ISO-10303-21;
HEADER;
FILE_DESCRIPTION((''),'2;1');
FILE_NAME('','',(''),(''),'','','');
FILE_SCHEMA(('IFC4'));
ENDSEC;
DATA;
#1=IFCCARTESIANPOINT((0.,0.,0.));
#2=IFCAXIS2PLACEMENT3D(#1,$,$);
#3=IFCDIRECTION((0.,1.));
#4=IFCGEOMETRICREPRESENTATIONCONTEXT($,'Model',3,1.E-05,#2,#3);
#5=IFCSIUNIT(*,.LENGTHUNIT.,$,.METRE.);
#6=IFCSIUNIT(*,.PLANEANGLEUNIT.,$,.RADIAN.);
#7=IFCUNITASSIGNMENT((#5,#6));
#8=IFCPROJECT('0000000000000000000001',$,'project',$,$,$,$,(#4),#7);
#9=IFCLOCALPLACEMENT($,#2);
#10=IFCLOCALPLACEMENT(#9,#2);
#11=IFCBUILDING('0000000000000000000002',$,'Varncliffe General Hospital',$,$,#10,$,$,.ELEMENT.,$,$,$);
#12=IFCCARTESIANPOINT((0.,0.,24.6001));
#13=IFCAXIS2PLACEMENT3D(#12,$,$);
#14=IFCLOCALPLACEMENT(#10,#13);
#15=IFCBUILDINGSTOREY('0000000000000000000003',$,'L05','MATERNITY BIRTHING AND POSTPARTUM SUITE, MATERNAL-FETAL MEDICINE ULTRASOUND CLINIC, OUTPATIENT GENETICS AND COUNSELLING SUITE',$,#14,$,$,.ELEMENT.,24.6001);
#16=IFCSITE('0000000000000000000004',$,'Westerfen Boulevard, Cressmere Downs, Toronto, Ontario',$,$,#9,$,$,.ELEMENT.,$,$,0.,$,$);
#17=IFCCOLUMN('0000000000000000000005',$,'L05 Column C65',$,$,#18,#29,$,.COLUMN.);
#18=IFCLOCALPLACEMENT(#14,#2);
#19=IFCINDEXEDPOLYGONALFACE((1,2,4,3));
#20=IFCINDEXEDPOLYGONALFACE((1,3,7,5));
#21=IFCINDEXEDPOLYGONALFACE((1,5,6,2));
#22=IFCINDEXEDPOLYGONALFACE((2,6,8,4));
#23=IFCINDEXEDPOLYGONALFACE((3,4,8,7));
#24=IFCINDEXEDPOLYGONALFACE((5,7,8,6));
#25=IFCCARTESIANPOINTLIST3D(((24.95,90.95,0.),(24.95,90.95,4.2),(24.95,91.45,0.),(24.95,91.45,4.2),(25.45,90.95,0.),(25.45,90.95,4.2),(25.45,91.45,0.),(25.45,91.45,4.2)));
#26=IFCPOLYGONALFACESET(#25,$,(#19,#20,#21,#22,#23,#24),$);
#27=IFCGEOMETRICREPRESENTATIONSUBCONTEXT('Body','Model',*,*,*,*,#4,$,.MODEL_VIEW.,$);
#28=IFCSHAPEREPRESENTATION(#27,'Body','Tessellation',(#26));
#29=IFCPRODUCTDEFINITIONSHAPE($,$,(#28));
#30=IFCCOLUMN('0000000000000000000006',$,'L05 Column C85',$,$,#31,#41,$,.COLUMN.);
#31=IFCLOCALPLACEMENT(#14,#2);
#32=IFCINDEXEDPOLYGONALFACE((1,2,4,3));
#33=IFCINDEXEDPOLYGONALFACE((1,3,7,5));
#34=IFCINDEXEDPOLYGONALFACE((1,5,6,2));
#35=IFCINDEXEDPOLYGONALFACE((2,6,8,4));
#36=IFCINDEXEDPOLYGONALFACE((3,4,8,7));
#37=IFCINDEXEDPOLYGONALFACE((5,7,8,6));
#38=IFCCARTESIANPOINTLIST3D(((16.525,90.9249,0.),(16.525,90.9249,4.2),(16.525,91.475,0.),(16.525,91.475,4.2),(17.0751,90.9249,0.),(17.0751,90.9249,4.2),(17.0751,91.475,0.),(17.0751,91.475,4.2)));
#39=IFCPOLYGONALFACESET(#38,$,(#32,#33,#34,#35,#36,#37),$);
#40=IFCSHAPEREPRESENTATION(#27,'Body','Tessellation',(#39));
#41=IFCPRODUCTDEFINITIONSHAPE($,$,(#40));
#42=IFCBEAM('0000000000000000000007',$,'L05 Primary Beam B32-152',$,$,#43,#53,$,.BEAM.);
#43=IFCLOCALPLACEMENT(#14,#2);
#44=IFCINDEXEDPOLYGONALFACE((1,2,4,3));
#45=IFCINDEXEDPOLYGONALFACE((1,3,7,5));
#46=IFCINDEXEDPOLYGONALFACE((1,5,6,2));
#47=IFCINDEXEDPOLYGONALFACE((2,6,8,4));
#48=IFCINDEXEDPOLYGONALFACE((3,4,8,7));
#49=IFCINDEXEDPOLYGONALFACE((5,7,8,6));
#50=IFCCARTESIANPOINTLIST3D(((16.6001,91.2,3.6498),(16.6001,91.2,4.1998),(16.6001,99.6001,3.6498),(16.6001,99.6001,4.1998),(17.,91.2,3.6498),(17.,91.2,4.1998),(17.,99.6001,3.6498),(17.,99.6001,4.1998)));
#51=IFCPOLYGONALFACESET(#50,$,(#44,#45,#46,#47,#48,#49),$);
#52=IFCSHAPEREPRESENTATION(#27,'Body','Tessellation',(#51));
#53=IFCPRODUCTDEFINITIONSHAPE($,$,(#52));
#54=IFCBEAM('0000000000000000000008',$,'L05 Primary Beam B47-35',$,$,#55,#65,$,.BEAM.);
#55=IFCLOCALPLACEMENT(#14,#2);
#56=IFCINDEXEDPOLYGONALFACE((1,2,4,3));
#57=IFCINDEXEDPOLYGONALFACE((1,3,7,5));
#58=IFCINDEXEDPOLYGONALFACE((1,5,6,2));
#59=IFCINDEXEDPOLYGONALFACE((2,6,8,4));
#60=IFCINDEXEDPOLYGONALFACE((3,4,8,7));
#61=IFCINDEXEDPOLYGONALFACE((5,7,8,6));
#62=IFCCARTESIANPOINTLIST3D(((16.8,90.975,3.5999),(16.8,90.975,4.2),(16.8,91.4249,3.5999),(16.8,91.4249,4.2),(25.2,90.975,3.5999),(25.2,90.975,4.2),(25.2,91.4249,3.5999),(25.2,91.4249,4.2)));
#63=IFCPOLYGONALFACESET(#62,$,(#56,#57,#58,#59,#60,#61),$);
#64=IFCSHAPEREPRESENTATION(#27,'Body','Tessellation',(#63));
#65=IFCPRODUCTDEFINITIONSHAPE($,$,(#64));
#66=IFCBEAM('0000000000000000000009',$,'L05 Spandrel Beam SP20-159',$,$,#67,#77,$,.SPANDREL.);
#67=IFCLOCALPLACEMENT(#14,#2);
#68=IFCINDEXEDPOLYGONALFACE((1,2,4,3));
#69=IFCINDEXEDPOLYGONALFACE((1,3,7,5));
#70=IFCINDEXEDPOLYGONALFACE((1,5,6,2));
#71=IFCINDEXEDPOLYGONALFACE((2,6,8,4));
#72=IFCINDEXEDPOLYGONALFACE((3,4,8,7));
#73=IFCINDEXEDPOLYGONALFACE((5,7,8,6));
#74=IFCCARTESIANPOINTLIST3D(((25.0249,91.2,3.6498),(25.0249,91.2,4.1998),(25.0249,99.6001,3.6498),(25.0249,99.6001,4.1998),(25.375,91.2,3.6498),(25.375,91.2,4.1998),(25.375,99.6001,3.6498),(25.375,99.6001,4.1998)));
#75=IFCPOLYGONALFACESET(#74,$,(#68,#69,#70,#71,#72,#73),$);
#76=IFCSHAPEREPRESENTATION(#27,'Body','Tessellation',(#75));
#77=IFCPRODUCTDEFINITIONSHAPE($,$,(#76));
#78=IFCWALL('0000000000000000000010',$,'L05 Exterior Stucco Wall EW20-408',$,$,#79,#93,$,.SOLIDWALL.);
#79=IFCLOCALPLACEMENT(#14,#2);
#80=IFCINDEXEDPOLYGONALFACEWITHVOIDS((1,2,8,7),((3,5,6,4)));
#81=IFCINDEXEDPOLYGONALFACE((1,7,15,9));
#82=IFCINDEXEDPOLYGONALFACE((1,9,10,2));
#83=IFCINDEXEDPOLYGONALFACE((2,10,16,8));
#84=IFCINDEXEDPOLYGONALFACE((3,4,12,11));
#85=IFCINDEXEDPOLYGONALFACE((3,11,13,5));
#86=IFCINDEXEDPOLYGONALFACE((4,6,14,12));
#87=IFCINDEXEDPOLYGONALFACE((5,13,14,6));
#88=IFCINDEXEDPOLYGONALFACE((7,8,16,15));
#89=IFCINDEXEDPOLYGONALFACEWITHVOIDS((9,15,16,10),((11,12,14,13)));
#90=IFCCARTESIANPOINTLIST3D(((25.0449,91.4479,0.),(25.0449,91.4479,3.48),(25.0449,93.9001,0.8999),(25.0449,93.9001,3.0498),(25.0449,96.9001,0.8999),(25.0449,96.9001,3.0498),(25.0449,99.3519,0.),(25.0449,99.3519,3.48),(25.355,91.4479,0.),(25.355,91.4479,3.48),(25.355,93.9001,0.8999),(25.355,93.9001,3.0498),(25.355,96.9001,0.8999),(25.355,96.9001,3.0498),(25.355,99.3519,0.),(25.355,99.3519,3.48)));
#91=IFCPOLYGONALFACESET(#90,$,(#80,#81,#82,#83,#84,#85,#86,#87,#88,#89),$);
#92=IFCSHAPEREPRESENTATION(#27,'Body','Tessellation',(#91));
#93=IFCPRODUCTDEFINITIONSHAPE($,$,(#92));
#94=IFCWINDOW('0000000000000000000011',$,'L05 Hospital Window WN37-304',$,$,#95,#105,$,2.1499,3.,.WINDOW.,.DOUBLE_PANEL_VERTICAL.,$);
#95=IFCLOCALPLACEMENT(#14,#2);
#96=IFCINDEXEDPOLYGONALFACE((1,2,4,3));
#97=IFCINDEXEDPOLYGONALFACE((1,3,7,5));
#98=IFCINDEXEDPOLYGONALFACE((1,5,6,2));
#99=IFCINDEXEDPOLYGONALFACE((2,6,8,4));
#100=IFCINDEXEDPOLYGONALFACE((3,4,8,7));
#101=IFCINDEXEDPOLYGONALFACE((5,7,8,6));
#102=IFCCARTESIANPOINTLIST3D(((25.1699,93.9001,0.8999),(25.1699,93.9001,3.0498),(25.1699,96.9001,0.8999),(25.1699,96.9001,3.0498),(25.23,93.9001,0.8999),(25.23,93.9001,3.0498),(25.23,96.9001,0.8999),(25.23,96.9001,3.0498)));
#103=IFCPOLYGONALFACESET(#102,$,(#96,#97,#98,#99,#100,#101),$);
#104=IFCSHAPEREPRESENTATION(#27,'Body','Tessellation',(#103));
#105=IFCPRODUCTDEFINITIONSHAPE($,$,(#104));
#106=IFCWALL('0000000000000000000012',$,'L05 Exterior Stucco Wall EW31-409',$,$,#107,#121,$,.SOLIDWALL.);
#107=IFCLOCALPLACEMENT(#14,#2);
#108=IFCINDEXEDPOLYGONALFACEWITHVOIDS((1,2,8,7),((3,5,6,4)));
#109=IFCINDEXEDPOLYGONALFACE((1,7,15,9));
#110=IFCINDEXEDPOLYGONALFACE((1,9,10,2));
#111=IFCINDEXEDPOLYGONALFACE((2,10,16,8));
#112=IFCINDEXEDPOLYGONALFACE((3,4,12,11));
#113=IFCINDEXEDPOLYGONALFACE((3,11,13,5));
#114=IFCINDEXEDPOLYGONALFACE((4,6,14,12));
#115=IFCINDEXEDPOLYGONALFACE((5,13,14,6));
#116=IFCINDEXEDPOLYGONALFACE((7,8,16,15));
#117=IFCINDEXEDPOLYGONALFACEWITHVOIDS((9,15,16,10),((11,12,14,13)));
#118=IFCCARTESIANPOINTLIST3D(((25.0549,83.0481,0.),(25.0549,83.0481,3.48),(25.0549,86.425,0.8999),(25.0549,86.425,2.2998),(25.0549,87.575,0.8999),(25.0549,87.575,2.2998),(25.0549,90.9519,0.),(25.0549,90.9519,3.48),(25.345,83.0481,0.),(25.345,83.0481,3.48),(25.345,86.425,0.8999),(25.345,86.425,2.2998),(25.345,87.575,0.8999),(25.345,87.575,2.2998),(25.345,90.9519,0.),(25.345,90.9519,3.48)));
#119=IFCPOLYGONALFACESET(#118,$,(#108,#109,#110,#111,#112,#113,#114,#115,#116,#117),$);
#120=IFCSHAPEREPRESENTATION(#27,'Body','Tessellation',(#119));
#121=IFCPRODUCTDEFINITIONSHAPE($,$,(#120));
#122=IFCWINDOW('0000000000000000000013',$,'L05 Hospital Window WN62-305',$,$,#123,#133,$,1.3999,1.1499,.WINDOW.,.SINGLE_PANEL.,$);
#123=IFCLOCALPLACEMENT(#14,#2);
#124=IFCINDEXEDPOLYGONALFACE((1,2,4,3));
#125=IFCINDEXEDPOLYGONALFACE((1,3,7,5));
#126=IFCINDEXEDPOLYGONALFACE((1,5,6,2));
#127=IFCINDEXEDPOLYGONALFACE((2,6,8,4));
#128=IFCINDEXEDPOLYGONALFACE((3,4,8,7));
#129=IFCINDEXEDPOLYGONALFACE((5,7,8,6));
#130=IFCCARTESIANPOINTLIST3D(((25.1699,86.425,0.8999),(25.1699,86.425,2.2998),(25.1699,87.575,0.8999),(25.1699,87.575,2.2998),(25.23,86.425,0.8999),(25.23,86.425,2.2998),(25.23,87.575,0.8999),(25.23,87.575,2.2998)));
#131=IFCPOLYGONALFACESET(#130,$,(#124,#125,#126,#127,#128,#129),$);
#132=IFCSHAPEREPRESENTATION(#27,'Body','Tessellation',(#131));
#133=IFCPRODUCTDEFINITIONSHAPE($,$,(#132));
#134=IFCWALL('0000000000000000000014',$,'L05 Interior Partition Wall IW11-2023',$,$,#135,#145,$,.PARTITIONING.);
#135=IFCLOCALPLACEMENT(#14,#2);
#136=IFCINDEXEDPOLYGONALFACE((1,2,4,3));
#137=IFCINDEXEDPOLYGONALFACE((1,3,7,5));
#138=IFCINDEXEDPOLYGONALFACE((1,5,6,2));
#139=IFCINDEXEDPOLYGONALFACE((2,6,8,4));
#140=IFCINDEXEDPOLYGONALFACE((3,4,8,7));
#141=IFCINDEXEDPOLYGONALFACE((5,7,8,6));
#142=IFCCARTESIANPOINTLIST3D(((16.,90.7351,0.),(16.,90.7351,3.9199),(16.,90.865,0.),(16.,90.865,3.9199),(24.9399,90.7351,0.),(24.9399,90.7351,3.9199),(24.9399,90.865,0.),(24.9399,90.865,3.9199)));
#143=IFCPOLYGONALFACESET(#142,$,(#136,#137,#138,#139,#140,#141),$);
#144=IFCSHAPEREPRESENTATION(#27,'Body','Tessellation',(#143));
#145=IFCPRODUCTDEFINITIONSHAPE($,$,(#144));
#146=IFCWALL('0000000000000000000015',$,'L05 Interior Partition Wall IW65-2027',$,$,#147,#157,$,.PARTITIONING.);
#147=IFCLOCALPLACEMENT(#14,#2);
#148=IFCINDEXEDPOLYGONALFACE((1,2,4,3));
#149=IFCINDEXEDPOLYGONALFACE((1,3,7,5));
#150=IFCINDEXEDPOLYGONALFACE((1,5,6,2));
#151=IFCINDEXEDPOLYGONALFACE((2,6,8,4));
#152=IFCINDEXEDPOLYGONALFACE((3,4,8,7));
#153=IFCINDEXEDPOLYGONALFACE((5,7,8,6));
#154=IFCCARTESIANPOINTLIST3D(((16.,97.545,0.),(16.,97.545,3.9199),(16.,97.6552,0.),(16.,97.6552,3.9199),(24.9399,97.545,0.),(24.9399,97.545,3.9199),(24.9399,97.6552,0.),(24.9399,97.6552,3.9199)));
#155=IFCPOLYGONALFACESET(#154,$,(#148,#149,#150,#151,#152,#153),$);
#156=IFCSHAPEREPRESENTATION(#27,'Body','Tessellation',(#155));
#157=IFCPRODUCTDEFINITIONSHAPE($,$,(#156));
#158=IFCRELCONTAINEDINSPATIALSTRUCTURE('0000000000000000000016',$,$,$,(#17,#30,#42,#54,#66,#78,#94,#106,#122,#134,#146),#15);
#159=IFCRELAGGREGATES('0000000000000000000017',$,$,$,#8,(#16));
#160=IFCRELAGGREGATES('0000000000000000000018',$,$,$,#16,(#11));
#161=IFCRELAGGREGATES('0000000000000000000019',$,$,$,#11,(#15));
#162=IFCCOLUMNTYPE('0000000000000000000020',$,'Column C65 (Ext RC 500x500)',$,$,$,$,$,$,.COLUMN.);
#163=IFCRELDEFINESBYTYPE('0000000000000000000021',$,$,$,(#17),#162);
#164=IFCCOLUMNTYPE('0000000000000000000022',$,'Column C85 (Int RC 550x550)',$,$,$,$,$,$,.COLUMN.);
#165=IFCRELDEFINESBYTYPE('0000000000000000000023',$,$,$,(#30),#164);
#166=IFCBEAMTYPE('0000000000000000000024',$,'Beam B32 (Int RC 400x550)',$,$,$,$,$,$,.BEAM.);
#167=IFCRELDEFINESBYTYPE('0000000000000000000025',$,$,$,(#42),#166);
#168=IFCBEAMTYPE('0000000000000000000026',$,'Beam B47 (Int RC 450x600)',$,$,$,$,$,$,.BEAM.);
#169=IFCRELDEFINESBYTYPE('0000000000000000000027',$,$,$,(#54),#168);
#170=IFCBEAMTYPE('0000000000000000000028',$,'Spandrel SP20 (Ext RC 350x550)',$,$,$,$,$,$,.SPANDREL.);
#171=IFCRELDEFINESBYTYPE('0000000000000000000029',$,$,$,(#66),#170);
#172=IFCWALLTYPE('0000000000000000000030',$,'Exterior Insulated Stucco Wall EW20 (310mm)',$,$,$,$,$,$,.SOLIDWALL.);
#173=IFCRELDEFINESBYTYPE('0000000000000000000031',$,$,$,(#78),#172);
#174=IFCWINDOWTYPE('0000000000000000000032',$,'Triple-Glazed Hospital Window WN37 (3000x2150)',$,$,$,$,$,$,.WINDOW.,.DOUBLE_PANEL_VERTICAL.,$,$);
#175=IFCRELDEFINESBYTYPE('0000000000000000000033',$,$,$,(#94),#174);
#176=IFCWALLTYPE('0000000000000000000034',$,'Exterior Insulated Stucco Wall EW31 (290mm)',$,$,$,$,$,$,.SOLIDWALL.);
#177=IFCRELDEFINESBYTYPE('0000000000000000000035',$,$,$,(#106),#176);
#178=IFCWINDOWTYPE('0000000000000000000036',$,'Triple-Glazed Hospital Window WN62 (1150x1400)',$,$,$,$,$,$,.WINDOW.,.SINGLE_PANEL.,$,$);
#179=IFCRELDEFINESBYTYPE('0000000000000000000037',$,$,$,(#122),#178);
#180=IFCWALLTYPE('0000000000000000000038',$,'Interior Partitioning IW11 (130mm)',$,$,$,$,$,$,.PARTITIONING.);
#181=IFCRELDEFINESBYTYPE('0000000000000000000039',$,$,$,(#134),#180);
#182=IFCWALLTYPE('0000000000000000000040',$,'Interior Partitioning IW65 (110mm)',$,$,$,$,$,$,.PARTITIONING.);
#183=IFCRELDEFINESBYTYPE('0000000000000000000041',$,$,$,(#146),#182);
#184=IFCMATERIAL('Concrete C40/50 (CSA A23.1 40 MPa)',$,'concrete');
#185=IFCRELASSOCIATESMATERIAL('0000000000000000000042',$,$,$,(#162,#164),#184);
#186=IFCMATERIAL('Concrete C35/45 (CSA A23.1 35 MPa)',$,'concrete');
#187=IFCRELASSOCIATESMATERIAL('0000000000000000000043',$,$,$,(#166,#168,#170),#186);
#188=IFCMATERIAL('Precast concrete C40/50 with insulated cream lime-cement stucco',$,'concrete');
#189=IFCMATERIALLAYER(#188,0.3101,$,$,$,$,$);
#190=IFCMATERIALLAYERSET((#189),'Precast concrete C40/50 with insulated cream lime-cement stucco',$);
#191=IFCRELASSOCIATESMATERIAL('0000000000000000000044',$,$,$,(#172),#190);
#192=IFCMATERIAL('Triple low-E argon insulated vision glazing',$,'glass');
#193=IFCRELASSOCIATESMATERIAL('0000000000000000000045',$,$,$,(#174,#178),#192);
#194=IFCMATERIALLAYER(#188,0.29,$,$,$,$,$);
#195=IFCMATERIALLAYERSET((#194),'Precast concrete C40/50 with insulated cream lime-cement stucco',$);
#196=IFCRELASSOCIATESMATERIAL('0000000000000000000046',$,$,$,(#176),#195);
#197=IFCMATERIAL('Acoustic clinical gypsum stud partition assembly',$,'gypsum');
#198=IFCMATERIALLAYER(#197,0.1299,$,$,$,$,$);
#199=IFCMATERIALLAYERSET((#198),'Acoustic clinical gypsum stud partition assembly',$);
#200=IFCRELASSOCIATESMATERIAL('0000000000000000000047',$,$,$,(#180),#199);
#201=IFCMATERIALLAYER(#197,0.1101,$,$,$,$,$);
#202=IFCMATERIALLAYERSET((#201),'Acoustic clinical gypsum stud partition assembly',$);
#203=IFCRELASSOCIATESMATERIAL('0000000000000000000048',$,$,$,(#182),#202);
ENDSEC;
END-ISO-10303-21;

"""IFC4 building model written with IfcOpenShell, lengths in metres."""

from ifc_helpers import new_model, si_unit, direction, frame, frame_2d, origin, origin_2d, place, context, subcontext, project, spatial, rectangle, extrude, material, layer, layer_set, material_profile, profile_set, type_object, element, fill, save


model = new_model("IFC4")

# Units and contexts
model_context = context("Model", 3, precision=1e-05, world=origin(), true_north=direction((0.0, 1.0)))
body_context = subcontext(model_context, "Body", "Model", "MODEL_VIEW")
ifc_project = project(units=[si_unit("LENGTHUNIT", "METRE"), si_unit("PLANEANGLEUNIT", "RADIAN")], contexts=[model_context])

# Site, building, storey
site_placement = place(None, origin())
site = spatial("IfcSite", under=ifc_project, at=site_placement, Name="Westerfen Boulevard, Cressmere Downs, Toronto, Ontario", CompositionType="ELEMENT", RefElevation=0.0)
building_placement = place(site_placement, origin())
building = spatial("IfcBuilding", under=site, at=building_placement, Name="Varncliffe General Hospital", CompositionType="ELEMENT")
storey_placement = place(building_placement, frame((0.0, 0.0, 24.6001)))
storey = spatial("IfcBuildingStorey", under=building, at=storey_placement, Name="L05", Description="MATERNITY BIRTHING AND POSTPARTUM SUITE, MATERNAL-FETAL MEDICINE ULTRASOUND CLINIC, OUTPATIENT GENETICS AND COUNSELLING SUITE", CompositionType="ELEMENT", Elevation=24.6001)

# Columns
ifc_material_1 = material(Name="Concrete C40/50 (CSA A23.1 40 MPa)", Category="concrete")
ifc_material_profile_1 = material_profile(ifc_material_1, rectangle(XDim=0.5, YDim=0.5, at=origin_2d()), Name="RC 500x500")
ifc_profile_set_1 = profile_set([ifc_material_profile_1], Name="Concrete C40/50 (CSA A23.1 40 MPa)")
column_type_1 = type_object("IfcColumnType", Name="Column C65 (Ext RC 500x500)", PredefinedType="COLUMN", material=ifc_profile_set_1)
column_1_placement = place(storey_placement, frame((25.2, 91.2, 0.0), z_axis=(0.0, 0.0, 1.0), x_axis=(1.0, 0.0, 0.0)))
element("IfcColumn", 1, at=column_1_placement, inside=storey, type_object=column_type_1, Name="L05 Column C65", PredefinedType="COLUMN", context=body_context, shape_type="SweptSolid", body=[
    extrude(rectangle(XDim=0.5, YDim=0.5, at=origin_2d()), origin(), (0.0, 0.0, 1.0), 4.2),
])
ifc_material_profile_2 = material_profile(ifc_material_1, rectangle(XDim=0.55, YDim=0.55, at=origin_2d()), Name="RC 550x550")
ifc_profile_set_2 = profile_set([ifc_material_profile_2], Name="Concrete C40/50 (CSA A23.1 40 MPa)")
column_type_2 = type_object("IfcColumnType", Name="Column C85 (Int RC 550x550)", PredefinedType="COLUMN", material=ifc_profile_set_2)
column_2_placement = place(storey_placement, frame((16.8, 91.2, 0.0), z_axis=(0.0, 0.0, 1.0), x_axis=(1.0, 0.0, 0.0)))
element("IfcColumn", 2, at=column_2_placement, inside=storey, type_object=column_type_2, Name="L05 Column C85", PredefinedType="COLUMN", context=body_context, shape_type="SweptSolid", body=[
    extrude(rectangle(XDim=0.55, YDim=0.55, at=origin_2d()), origin(), (0.0, 0.0, 1.0), 4.2),
])

# Beams
ifc_material_2 = material(Name="Concrete C35/45 (CSA A23.1 35 MPa)", Category="concrete")
ifc_material_profile_3 = material_profile(ifc_material_2, rectangle(XDim=0.3999, YDim=0.55, at=origin_2d()), Name="RC 400x550")
ifc_profile_set_3 = profile_set([ifc_material_profile_3], Name="Concrete C35/45 (CSA A23.1 35 MPa)")
beam_type_1 = type_object("IfcBeamType", Name="Beam B32 (Int RC 400x550)", PredefinedType="BEAM", material=ifc_profile_set_3)
beam_1_placement = place(storey_placement, frame((16.8, 91.2, 3.9248), z_axis=(0.0, 1.0, 0.0), x_axis=(-1.0, 0.0, 0.0)))
element("IfcBeam", 3, at=beam_1_placement, inside=storey, type_object=beam_type_1, Name="L05 Primary Beam B32-152", PredefinedType="BEAM", context=body_context, shape_type="SweptSolid", body=[
    extrude(rectangle(XDim=0.3999, YDim=0.55, at=origin_2d()), origin(), (0.0, 0.0, 1.0), 8.4001),
])
ifc_material_profile_4 = material_profile(ifc_material_2, rectangle(XDim=0.45, YDim=0.6001, at=origin_2d()), Name="RC 450x600")
ifc_profile_set_4 = profile_set([ifc_material_profile_4], Name="Concrete C35/45 (CSA A23.1 35 MPa)")
beam_type_2 = type_object("IfcBeamType", Name="Beam B47 (Int RC 450x600)", PredefinedType="BEAM", material=ifc_profile_set_4)
beam_2_placement = place(storey_placement, frame((16.8, 91.2, 3.8999), z_axis=(1.0, 0.0, 0.0), x_axis=(0.0, 1.0, 0.0)))
element("IfcBeam", 4, at=beam_2_placement, inside=storey, type_object=beam_type_2, Name="L05 Primary Beam B47-35", PredefinedType="BEAM", context=body_context, shape_type="SweptSolid", body=[
    extrude(rectangle(XDim=0.45, YDim=0.6001, at=origin_2d()), origin(), (0.0, 0.0, 1.0), 8.3999),
])
ifc_material_profile_5 = material_profile(ifc_material_2, rectangle(XDim=0.3501, YDim=0.55, at=origin_2d()), Name="RC 350x550")
ifc_profile_set_5 = profile_set([ifc_material_profile_5], Name="Concrete C35/45 (CSA A23.1 35 MPa)")
beam_type_3 = type_object("IfcBeamType", Name="Spandrel SP20 (Ext RC 350x550)", PredefinedType="SPANDREL", material=ifc_profile_set_5)
beam_3_placement = place(storey_placement, frame((25.2, 91.2, 3.9248), z_axis=(0.0, 1.0, 0.0), x_axis=(-1.0, 0.0, 0.0)))
element("IfcBeam", 5, at=beam_3_placement, inside=storey, type_object=beam_type_3, Name="L05 Spandrel Beam SP20-159", PredefinedType="SPANDREL", context=body_context, shape_type="SweptSolid", body=[
    extrude(rectangle(XDim=0.3501, YDim=0.55, at=origin_2d()), origin(), (0.0, 0.0, 1.0), 8.4001),
])

# Walls, openings, windows
ifc_material_3 = material(Name="Precast concrete C40/50 with insulated cream lime-cement stucco", Category="concrete")
ifc_layer_1 = layer(ifc_material_3, 0.3101)
ifc_layer_set_1 = layer_set([ifc_layer_1], Name="Precast concrete C40/50 with insulated cream lime-cement stucco")
wall_type_1 = type_object("IfcWallType", Name="Exterior Insulated Stucco Wall EW20 (310mm)", PredefinedType="SOLIDWALL", material=ifc_layer_set_1)
wall_1_placement = place(storey_placement, frame((25.2, 99.3521, 0.0), z_axis=(0.0, 0.0, 1.0), x_axis=(0.0, -1.0, 0.0)))
wall_1 = element("IfcWall", 6, at=wall_1_placement, inside=storey, type_object=wall_type_1, Name="L05 Exterior Stucco Wall EW20-408", PredefinedType="SOLIDWALL", context=body_context, shape_type="SweptSolid", body=[
    extrude(rectangle(XDim=7.9041, YDim=0.3101, at=frame_2d((3.9521, 0.0))), origin(), (0.0, 0.0, 1.0), 3.48),
])
opening_1_placement = place(wall_1_placement, frame((2.4519, 0.0, 0.8999)))
opening_1 = element("IfcOpeningElement", 7, at=opening_1_placement, cuts=wall_1, PredefinedType="OPENING", context=body_context, shape_type="SweptSolid", body=[
    extrude(rectangle(XDim=3.0, YDim=2.1499, at=frame_2d((1.5, 1.075))), frame((0.0, 0.165, 0.0), z_axis=(0.0, -1.0, 0.0), x_axis=(1.0, 0.0, 0.0)), (0.0, 0.0, 1.0), 0.3301),
])
ifc_material_4 = material(Name="Triple low-E argon insulated vision glazing", Category="glass")
window_type_1 = type_object("IfcWindowType", Name="Triple-Glazed Hospital Window WN37 (3000x2150)", PartitioningType="DOUBLE_PANEL_VERTICAL", PredefinedType="WINDOW", material=ifc_material_4)
window_1_placement = place(opening_1_placement, origin())
window_1 = element("IfcWindow", 8, at=window_1_placement, inside=storey, type_object=window_type_1, Name="L05 Hospital Window WN37-304", OverallHeight=2.1499, OverallWidth=3.0, PartitioningType="DOUBLE_PANEL_VERTICAL", PredefinedType="WINDOW", context=body_context, shape_type="SweptSolid", body=[
    extrude(rectangle(XDim=3.0, YDim=2.1499, at=frame_2d((1.5, 1.075))), frame((0.0, 0.03, 0.0), z_axis=(0.0, -1.0, 0.0), x_axis=(1.0, 0.0, 0.0)), (0.0, 0.0, 1.0), 0.0601),
])
fill(opening_1, window_1)
ifc_layer_2 = layer(ifc_material_3, 0.29)
ifc_layer_set_2 = layer_set([ifc_layer_2], Name="Precast concrete C40/50 with insulated cream lime-cement stucco")
wall_type_2 = type_object("IfcWallType", Name="Exterior Insulated Stucco Wall EW31 (290mm)", PredefinedType="SOLIDWALL", material=ifc_layer_set_2)
wall_2_placement = place(storey_placement, frame((25.2, 90.9519, 0.0), z_axis=(0.0, 0.0, 1.0), x_axis=(0.0, -1.0, 0.0)))
wall_2 = element("IfcWall", 9, at=wall_2_placement, inside=storey, type_object=wall_type_2, Name="L05 Exterior Stucco Wall EW31-409", PredefinedType="SOLIDWALL", context=body_context, shape_type="SweptSolid", body=[
    extrude(rectangle(XDim=7.9038, YDim=0.29, at=frame_2d((3.9519, 0.0))), origin(), (0.0, 0.0, 1.0), 3.48),
])
opening_2_placement = place(wall_2_placement, frame((3.377, 0.0, 0.8999)))
opening_2 = element("IfcOpeningElement", 10, at=opening_2_placement, cuts=wall_2, PredefinedType="OPENING", context=body_context, shape_type="SweptSolid", body=[
    extrude(rectangle(XDim=1.1499, YDim=1.3999, at=frame_2d((0.575, 0.7))), frame((0.0, 0.155, 0.0), z_axis=(0.0, -1.0, 0.0), x_axis=(1.0, 0.0, 0.0)), (0.0, 0.0, 1.0), 0.3101),
])
window_type_2 = type_object("IfcWindowType", Name="Triple-Glazed Hospital Window WN62 (1150x1400)", PartitioningType="SINGLE_PANEL", PredefinedType="WINDOW", material=ifc_material_4)
window_2_placement = place(opening_2_placement, origin())
window_2 = element("IfcWindow", 11, at=window_2_placement, inside=storey, type_object=window_type_2, Name="L05 Hospital Window WN62-305", OverallHeight=1.3999, OverallWidth=1.1499, PartitioningType="SINGLE_PANEL", PredefinedType="WINDOW", context=body_context, shape_type="SweptSolid", body=[
    extrude(rectangle(XDim=1.1499, YDim=1.3999, at=frame_2d((0.575, 0.7))), frame((0.0, 0.03, 0.0), z_axis=(0.0, -1.0, 0.0), x_axis=(1.0, 0.0, 0.0)), (0.0, 0.0, 1.0), 0.0601),
])
fill(opening_2, window_2)

# Walls
ifc_material_5 = material(Name="Acoustic clinical gypsum stud partition assembly", Category="gypsum")
ifc_layer_3 = layer(ifc_material_5, 0.1299)
ifc_layer_set_3 = layer_set([ifc_layer_3], Name="Acoustic clinical gypsum stud partition assembly")
wall_type_3 = type_object("IfcWallType", Name="Interior Partitioning IW11 (130mm)", PredefinedType="PARTITIONING", material=ifc_layer_set_3)
wall_3_placement = place(storey_placement, frame((16.0, 90.8, 0.0), z_axis=(0.0, 0.0, 1.0), x_axis=(1.0, 0.0, 0.0)))
element("IfcWall", 12, at=wall_3_placement, inside=storey, type_object=wall_type_3, Name="L05 Interior Partition Wall IW11-2023", PredefinedType="PARTITIONING", context=body_context, shape_type="SweptSolid", body=[
    extrude(rectangle(XDim=8.9399, YDim=0.1299, at=frame_2d((4.47, 0.0))), origin(), (0.0, 0.0, 1.0), 3.9199),
])
ifc_layer_4 = layer(ifc_material_5, 0.1101)
ifc_layer_set_4 = layer_set([ifc_layer_4], Name="Acoustic clinical gypsum stud partition assembly")
wall_type_4 = type_object("IfcWallType", Name="Interior Partitioning IW65 (110mm)", PredefinedType="PARTITIONING", material=ifc_layer_set_4)
wall_4_placement = place(storey_placement, frame((16.0, 97.6001, 0.0), z_axis=(0.0, 0.0, 1.0), x_axis=(1.0, 0.0, 0.0)))
element("IfcWall", 13, at=wall_4_placement, inside=storey, type_object=wall_type_4, Name="L05 Interior Partition Wall IW65-2027", PredefinedType="PARTITIONING", context=body_context, shape_type="SweptSolid", body=[
    extrude(rectangle(XDim=8.9399, YDim=0.1101, at=frame_2d((4.47, 0.0))), origin(), (0.0, 0.0, 1.0), 3.9199),
])

save(model, "model.ifc")
